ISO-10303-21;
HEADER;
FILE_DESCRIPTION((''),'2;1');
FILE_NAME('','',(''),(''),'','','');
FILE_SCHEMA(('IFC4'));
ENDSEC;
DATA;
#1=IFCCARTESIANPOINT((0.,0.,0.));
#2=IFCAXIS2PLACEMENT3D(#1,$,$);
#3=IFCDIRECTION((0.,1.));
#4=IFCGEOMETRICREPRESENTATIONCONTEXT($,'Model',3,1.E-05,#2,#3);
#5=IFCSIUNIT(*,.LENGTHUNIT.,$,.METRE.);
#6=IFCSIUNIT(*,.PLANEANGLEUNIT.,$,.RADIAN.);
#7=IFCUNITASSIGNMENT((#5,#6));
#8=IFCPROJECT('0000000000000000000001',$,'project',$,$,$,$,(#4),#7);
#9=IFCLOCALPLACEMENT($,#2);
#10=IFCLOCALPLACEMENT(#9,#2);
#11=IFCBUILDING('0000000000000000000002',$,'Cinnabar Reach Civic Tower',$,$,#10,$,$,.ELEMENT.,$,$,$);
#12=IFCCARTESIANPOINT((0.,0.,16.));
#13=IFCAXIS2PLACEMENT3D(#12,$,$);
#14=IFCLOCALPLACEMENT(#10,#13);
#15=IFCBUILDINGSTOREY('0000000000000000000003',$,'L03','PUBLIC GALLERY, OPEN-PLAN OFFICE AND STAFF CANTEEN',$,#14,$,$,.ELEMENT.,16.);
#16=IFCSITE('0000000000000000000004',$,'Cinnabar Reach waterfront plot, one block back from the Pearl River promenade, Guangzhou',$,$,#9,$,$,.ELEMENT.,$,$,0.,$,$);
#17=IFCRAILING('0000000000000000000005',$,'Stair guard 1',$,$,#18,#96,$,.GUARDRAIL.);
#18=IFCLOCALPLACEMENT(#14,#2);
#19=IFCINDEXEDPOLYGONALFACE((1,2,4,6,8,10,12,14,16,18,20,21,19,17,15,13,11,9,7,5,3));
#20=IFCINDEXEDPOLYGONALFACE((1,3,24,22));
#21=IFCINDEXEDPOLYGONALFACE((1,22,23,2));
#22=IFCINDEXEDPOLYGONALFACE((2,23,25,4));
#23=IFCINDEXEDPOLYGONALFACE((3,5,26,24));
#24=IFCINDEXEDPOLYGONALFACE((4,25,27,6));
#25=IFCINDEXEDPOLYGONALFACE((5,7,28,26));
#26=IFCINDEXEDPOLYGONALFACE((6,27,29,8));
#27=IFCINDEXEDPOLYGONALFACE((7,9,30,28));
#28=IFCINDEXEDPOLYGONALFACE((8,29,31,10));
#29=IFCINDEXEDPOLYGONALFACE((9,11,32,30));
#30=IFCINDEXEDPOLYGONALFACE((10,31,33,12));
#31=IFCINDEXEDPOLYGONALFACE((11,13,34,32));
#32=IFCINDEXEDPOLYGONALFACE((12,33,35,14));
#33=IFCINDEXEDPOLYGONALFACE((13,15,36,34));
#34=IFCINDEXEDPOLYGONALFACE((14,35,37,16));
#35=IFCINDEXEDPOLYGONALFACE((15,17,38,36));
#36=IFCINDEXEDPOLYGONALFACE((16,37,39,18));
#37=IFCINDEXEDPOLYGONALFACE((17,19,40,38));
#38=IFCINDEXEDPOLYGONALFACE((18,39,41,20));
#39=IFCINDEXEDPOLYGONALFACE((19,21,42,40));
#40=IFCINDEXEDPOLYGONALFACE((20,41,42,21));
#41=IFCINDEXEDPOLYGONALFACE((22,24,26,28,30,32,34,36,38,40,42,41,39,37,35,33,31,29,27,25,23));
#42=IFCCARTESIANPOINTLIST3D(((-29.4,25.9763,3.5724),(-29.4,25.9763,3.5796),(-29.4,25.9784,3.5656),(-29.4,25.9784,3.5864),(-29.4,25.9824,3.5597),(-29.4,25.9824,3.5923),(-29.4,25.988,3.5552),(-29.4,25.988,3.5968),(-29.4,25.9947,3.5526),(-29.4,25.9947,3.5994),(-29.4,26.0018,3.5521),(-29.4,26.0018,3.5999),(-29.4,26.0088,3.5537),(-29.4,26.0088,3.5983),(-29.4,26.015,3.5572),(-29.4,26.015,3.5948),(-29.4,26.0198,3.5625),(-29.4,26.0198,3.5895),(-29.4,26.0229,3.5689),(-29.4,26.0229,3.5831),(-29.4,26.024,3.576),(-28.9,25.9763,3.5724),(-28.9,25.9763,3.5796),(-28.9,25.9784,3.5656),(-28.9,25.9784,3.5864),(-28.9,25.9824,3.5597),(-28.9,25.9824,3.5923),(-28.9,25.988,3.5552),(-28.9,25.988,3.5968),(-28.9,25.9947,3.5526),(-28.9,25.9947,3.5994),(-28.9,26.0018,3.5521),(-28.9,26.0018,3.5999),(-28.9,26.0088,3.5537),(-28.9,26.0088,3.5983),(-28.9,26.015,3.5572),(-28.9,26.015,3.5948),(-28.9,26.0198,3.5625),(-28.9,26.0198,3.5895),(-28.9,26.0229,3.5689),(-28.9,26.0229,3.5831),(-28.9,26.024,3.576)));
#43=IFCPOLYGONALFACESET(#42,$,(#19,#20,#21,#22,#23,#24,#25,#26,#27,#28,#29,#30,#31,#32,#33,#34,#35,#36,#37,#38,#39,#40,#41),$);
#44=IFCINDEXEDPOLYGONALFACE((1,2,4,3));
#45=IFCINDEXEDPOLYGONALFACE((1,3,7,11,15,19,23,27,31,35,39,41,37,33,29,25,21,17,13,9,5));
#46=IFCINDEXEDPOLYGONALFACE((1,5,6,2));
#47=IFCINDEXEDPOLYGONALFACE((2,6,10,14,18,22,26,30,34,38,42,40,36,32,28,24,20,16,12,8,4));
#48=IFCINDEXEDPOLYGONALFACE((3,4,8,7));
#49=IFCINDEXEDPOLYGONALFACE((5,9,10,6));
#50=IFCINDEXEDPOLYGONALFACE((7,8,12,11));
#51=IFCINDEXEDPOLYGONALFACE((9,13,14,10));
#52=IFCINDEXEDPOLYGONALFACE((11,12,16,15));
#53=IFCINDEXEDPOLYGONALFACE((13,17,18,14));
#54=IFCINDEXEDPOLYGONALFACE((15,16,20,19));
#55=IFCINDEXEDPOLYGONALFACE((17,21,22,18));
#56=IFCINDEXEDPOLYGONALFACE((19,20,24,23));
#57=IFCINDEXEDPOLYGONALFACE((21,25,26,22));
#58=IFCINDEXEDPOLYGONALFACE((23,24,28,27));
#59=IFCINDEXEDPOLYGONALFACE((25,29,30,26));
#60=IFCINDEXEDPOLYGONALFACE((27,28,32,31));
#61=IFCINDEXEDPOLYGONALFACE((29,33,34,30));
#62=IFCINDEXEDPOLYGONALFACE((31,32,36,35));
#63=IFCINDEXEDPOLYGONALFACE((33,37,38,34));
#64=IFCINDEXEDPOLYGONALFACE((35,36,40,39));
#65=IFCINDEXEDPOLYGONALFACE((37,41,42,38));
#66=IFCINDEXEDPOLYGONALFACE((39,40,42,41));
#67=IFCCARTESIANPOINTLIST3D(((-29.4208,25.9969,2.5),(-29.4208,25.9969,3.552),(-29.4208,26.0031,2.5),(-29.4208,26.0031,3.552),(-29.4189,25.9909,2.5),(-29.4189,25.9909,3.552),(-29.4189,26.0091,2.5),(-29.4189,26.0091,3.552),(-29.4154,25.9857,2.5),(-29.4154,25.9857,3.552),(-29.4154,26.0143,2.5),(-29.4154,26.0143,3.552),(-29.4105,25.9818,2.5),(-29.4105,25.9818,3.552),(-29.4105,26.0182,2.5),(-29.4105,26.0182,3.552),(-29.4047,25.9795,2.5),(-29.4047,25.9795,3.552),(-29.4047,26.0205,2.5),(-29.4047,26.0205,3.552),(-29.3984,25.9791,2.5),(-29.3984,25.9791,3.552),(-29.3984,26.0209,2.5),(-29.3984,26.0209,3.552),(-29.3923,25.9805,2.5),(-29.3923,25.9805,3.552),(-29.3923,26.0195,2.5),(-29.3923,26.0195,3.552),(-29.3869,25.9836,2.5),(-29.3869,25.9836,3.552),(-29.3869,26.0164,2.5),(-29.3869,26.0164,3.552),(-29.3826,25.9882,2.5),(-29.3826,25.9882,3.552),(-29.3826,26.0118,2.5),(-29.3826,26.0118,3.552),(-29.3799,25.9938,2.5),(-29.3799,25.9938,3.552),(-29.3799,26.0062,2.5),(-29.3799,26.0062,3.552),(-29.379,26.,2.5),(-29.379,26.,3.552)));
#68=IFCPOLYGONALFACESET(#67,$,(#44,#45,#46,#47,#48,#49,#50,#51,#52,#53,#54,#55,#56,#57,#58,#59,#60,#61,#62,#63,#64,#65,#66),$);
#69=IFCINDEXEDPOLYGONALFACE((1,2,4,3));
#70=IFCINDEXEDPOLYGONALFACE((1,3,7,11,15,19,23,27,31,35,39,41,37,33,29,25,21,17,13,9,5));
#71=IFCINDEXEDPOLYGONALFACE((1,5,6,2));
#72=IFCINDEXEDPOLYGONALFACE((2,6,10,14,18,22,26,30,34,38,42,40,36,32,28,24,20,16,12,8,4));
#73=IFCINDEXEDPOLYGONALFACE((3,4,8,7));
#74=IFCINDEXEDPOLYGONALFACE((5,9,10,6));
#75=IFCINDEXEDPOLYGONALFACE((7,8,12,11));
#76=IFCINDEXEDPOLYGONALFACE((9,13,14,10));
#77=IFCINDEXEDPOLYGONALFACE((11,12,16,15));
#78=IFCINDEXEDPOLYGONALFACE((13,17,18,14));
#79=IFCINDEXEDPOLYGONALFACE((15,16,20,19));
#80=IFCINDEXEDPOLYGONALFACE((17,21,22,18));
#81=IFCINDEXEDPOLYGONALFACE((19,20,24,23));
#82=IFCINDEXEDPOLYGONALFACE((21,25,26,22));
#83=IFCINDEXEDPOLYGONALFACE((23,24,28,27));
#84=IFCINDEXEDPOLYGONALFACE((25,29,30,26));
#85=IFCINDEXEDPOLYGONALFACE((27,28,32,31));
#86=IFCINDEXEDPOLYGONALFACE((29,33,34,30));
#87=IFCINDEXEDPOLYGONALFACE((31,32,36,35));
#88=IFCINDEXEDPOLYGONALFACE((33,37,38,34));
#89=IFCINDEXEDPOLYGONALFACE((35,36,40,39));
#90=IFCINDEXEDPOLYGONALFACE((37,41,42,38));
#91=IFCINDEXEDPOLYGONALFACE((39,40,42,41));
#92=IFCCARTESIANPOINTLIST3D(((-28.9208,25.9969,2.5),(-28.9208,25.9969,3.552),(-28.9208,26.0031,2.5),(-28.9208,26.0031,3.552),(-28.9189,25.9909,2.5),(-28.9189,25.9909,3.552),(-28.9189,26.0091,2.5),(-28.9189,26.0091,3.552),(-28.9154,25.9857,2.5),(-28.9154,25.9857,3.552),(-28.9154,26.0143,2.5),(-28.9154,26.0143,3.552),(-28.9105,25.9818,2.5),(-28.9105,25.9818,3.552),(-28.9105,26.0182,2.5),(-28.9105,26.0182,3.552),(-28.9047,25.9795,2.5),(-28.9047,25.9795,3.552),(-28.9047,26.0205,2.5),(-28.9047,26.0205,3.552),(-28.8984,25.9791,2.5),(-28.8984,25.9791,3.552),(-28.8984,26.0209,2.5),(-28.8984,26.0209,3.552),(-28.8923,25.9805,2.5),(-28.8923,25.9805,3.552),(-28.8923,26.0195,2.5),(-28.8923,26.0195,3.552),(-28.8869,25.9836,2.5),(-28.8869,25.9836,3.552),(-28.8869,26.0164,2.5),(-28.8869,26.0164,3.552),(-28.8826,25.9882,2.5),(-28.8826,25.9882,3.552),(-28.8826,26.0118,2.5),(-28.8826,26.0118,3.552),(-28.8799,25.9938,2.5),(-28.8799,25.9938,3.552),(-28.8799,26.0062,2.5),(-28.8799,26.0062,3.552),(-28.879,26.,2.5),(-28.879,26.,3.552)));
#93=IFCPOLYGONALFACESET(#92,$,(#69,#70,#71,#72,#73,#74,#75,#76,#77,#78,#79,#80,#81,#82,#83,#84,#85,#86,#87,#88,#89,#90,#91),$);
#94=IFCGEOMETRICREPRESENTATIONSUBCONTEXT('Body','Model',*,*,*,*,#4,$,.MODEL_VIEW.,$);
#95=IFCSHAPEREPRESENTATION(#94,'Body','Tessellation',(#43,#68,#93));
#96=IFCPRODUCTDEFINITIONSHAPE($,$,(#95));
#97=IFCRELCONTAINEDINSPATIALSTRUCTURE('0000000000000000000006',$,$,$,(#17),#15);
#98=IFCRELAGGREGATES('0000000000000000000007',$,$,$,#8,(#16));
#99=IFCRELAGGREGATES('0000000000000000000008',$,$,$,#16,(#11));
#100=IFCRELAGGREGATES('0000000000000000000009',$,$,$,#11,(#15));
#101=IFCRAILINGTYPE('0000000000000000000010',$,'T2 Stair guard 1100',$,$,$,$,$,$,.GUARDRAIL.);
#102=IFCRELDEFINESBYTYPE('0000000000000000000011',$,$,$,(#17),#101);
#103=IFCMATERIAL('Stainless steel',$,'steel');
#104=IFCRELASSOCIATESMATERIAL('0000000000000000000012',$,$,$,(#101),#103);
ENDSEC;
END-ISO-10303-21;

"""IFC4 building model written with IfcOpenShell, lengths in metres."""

from ifc_helpers import new_model, si_unit, direction, frame, origin, origin_2d, place, context, subcontext, project, spatial, circle, extrude, material, type_object, element, save


model = new_model("IFC4")

# Units and contexts
model_context = context("Model", 3, precision=1e-05, world=origin(), true_north=direction((0.0, 1.0)))
body_context = subcontext(model_context, "Body", "Model", "MODEL_VIEW")
ifc_project = project(units=[si_unit("LENGTHUNIT", "METRE"), si_unit("PLANEANGLEUNIT", "RADIAN")], contexts=[model_context])

# Site, building, storey
site_placement = place(None, origin())
site = spatial("IfcSite", under=ifc_project, at=site_placement, Name="Cinnabar Reach waterfront plot, one block back from the Pearl River promenade, Guangzhou", CompositionType="ELEMENT", RefElevation=0.0)
building_placement = place(site_placement, origin())
building = spatial("IfcBuilding", under=site, at=building_placement, Name="Cinnabar Reach Civic Tower", CompositionType="ELEMENT")
storey_placement = place(building_placement, frame((0.0, 0.0, 16.0)))
storey = spatial("IfcBuildingStorey", under=building, at=storey_placement, Name="L03", Description="PUBLIC GALLERY, OPEN-PLAN OFFICE AND STAFF CANTEEN", CompositionType="ELEMENT", Elevation=16.0)

# Railing
ifc_material_1 = material(Name="Stainless steel", Category="steel")
railing_type = type_object("IfcRailingType", Name="T2 Stair guard 1100", PredefinedType="GUARDRAIL", material=ifc_material_1)
railing_1_placement = place(storey_placement, frame((-29.4, 26.0, 2.5)))
element("IfcRailing", 1, at=railing_1_placement, inside=storey, type_object=railing_type, Name="Stair guard 1", PredefinedType="GUARDRAIL", context=body_context, shape_type="SweptSolid", body=[
    extrude(circle(Radius=0.024, at=origin_2d()), frame((0.0, 0.0, 1.076), z_axis=(1.0, 0.0, 0.0), x_axis=(0.0, 1.0, 0.0)), (0.0, 0.0, 1.0), 0.5),
    extrude(circle(Radius=0.021, at=origin_2d()), origin(), (0.0, 0.0, 1.0), 1.052),
    extrude(circle(Radius=0.021, at=origin_2d()), frame((0.5, 0.0, 0.0)), (0.0, 0.0, 1.0), 1.052),
])

save(model, "model.ifc")
